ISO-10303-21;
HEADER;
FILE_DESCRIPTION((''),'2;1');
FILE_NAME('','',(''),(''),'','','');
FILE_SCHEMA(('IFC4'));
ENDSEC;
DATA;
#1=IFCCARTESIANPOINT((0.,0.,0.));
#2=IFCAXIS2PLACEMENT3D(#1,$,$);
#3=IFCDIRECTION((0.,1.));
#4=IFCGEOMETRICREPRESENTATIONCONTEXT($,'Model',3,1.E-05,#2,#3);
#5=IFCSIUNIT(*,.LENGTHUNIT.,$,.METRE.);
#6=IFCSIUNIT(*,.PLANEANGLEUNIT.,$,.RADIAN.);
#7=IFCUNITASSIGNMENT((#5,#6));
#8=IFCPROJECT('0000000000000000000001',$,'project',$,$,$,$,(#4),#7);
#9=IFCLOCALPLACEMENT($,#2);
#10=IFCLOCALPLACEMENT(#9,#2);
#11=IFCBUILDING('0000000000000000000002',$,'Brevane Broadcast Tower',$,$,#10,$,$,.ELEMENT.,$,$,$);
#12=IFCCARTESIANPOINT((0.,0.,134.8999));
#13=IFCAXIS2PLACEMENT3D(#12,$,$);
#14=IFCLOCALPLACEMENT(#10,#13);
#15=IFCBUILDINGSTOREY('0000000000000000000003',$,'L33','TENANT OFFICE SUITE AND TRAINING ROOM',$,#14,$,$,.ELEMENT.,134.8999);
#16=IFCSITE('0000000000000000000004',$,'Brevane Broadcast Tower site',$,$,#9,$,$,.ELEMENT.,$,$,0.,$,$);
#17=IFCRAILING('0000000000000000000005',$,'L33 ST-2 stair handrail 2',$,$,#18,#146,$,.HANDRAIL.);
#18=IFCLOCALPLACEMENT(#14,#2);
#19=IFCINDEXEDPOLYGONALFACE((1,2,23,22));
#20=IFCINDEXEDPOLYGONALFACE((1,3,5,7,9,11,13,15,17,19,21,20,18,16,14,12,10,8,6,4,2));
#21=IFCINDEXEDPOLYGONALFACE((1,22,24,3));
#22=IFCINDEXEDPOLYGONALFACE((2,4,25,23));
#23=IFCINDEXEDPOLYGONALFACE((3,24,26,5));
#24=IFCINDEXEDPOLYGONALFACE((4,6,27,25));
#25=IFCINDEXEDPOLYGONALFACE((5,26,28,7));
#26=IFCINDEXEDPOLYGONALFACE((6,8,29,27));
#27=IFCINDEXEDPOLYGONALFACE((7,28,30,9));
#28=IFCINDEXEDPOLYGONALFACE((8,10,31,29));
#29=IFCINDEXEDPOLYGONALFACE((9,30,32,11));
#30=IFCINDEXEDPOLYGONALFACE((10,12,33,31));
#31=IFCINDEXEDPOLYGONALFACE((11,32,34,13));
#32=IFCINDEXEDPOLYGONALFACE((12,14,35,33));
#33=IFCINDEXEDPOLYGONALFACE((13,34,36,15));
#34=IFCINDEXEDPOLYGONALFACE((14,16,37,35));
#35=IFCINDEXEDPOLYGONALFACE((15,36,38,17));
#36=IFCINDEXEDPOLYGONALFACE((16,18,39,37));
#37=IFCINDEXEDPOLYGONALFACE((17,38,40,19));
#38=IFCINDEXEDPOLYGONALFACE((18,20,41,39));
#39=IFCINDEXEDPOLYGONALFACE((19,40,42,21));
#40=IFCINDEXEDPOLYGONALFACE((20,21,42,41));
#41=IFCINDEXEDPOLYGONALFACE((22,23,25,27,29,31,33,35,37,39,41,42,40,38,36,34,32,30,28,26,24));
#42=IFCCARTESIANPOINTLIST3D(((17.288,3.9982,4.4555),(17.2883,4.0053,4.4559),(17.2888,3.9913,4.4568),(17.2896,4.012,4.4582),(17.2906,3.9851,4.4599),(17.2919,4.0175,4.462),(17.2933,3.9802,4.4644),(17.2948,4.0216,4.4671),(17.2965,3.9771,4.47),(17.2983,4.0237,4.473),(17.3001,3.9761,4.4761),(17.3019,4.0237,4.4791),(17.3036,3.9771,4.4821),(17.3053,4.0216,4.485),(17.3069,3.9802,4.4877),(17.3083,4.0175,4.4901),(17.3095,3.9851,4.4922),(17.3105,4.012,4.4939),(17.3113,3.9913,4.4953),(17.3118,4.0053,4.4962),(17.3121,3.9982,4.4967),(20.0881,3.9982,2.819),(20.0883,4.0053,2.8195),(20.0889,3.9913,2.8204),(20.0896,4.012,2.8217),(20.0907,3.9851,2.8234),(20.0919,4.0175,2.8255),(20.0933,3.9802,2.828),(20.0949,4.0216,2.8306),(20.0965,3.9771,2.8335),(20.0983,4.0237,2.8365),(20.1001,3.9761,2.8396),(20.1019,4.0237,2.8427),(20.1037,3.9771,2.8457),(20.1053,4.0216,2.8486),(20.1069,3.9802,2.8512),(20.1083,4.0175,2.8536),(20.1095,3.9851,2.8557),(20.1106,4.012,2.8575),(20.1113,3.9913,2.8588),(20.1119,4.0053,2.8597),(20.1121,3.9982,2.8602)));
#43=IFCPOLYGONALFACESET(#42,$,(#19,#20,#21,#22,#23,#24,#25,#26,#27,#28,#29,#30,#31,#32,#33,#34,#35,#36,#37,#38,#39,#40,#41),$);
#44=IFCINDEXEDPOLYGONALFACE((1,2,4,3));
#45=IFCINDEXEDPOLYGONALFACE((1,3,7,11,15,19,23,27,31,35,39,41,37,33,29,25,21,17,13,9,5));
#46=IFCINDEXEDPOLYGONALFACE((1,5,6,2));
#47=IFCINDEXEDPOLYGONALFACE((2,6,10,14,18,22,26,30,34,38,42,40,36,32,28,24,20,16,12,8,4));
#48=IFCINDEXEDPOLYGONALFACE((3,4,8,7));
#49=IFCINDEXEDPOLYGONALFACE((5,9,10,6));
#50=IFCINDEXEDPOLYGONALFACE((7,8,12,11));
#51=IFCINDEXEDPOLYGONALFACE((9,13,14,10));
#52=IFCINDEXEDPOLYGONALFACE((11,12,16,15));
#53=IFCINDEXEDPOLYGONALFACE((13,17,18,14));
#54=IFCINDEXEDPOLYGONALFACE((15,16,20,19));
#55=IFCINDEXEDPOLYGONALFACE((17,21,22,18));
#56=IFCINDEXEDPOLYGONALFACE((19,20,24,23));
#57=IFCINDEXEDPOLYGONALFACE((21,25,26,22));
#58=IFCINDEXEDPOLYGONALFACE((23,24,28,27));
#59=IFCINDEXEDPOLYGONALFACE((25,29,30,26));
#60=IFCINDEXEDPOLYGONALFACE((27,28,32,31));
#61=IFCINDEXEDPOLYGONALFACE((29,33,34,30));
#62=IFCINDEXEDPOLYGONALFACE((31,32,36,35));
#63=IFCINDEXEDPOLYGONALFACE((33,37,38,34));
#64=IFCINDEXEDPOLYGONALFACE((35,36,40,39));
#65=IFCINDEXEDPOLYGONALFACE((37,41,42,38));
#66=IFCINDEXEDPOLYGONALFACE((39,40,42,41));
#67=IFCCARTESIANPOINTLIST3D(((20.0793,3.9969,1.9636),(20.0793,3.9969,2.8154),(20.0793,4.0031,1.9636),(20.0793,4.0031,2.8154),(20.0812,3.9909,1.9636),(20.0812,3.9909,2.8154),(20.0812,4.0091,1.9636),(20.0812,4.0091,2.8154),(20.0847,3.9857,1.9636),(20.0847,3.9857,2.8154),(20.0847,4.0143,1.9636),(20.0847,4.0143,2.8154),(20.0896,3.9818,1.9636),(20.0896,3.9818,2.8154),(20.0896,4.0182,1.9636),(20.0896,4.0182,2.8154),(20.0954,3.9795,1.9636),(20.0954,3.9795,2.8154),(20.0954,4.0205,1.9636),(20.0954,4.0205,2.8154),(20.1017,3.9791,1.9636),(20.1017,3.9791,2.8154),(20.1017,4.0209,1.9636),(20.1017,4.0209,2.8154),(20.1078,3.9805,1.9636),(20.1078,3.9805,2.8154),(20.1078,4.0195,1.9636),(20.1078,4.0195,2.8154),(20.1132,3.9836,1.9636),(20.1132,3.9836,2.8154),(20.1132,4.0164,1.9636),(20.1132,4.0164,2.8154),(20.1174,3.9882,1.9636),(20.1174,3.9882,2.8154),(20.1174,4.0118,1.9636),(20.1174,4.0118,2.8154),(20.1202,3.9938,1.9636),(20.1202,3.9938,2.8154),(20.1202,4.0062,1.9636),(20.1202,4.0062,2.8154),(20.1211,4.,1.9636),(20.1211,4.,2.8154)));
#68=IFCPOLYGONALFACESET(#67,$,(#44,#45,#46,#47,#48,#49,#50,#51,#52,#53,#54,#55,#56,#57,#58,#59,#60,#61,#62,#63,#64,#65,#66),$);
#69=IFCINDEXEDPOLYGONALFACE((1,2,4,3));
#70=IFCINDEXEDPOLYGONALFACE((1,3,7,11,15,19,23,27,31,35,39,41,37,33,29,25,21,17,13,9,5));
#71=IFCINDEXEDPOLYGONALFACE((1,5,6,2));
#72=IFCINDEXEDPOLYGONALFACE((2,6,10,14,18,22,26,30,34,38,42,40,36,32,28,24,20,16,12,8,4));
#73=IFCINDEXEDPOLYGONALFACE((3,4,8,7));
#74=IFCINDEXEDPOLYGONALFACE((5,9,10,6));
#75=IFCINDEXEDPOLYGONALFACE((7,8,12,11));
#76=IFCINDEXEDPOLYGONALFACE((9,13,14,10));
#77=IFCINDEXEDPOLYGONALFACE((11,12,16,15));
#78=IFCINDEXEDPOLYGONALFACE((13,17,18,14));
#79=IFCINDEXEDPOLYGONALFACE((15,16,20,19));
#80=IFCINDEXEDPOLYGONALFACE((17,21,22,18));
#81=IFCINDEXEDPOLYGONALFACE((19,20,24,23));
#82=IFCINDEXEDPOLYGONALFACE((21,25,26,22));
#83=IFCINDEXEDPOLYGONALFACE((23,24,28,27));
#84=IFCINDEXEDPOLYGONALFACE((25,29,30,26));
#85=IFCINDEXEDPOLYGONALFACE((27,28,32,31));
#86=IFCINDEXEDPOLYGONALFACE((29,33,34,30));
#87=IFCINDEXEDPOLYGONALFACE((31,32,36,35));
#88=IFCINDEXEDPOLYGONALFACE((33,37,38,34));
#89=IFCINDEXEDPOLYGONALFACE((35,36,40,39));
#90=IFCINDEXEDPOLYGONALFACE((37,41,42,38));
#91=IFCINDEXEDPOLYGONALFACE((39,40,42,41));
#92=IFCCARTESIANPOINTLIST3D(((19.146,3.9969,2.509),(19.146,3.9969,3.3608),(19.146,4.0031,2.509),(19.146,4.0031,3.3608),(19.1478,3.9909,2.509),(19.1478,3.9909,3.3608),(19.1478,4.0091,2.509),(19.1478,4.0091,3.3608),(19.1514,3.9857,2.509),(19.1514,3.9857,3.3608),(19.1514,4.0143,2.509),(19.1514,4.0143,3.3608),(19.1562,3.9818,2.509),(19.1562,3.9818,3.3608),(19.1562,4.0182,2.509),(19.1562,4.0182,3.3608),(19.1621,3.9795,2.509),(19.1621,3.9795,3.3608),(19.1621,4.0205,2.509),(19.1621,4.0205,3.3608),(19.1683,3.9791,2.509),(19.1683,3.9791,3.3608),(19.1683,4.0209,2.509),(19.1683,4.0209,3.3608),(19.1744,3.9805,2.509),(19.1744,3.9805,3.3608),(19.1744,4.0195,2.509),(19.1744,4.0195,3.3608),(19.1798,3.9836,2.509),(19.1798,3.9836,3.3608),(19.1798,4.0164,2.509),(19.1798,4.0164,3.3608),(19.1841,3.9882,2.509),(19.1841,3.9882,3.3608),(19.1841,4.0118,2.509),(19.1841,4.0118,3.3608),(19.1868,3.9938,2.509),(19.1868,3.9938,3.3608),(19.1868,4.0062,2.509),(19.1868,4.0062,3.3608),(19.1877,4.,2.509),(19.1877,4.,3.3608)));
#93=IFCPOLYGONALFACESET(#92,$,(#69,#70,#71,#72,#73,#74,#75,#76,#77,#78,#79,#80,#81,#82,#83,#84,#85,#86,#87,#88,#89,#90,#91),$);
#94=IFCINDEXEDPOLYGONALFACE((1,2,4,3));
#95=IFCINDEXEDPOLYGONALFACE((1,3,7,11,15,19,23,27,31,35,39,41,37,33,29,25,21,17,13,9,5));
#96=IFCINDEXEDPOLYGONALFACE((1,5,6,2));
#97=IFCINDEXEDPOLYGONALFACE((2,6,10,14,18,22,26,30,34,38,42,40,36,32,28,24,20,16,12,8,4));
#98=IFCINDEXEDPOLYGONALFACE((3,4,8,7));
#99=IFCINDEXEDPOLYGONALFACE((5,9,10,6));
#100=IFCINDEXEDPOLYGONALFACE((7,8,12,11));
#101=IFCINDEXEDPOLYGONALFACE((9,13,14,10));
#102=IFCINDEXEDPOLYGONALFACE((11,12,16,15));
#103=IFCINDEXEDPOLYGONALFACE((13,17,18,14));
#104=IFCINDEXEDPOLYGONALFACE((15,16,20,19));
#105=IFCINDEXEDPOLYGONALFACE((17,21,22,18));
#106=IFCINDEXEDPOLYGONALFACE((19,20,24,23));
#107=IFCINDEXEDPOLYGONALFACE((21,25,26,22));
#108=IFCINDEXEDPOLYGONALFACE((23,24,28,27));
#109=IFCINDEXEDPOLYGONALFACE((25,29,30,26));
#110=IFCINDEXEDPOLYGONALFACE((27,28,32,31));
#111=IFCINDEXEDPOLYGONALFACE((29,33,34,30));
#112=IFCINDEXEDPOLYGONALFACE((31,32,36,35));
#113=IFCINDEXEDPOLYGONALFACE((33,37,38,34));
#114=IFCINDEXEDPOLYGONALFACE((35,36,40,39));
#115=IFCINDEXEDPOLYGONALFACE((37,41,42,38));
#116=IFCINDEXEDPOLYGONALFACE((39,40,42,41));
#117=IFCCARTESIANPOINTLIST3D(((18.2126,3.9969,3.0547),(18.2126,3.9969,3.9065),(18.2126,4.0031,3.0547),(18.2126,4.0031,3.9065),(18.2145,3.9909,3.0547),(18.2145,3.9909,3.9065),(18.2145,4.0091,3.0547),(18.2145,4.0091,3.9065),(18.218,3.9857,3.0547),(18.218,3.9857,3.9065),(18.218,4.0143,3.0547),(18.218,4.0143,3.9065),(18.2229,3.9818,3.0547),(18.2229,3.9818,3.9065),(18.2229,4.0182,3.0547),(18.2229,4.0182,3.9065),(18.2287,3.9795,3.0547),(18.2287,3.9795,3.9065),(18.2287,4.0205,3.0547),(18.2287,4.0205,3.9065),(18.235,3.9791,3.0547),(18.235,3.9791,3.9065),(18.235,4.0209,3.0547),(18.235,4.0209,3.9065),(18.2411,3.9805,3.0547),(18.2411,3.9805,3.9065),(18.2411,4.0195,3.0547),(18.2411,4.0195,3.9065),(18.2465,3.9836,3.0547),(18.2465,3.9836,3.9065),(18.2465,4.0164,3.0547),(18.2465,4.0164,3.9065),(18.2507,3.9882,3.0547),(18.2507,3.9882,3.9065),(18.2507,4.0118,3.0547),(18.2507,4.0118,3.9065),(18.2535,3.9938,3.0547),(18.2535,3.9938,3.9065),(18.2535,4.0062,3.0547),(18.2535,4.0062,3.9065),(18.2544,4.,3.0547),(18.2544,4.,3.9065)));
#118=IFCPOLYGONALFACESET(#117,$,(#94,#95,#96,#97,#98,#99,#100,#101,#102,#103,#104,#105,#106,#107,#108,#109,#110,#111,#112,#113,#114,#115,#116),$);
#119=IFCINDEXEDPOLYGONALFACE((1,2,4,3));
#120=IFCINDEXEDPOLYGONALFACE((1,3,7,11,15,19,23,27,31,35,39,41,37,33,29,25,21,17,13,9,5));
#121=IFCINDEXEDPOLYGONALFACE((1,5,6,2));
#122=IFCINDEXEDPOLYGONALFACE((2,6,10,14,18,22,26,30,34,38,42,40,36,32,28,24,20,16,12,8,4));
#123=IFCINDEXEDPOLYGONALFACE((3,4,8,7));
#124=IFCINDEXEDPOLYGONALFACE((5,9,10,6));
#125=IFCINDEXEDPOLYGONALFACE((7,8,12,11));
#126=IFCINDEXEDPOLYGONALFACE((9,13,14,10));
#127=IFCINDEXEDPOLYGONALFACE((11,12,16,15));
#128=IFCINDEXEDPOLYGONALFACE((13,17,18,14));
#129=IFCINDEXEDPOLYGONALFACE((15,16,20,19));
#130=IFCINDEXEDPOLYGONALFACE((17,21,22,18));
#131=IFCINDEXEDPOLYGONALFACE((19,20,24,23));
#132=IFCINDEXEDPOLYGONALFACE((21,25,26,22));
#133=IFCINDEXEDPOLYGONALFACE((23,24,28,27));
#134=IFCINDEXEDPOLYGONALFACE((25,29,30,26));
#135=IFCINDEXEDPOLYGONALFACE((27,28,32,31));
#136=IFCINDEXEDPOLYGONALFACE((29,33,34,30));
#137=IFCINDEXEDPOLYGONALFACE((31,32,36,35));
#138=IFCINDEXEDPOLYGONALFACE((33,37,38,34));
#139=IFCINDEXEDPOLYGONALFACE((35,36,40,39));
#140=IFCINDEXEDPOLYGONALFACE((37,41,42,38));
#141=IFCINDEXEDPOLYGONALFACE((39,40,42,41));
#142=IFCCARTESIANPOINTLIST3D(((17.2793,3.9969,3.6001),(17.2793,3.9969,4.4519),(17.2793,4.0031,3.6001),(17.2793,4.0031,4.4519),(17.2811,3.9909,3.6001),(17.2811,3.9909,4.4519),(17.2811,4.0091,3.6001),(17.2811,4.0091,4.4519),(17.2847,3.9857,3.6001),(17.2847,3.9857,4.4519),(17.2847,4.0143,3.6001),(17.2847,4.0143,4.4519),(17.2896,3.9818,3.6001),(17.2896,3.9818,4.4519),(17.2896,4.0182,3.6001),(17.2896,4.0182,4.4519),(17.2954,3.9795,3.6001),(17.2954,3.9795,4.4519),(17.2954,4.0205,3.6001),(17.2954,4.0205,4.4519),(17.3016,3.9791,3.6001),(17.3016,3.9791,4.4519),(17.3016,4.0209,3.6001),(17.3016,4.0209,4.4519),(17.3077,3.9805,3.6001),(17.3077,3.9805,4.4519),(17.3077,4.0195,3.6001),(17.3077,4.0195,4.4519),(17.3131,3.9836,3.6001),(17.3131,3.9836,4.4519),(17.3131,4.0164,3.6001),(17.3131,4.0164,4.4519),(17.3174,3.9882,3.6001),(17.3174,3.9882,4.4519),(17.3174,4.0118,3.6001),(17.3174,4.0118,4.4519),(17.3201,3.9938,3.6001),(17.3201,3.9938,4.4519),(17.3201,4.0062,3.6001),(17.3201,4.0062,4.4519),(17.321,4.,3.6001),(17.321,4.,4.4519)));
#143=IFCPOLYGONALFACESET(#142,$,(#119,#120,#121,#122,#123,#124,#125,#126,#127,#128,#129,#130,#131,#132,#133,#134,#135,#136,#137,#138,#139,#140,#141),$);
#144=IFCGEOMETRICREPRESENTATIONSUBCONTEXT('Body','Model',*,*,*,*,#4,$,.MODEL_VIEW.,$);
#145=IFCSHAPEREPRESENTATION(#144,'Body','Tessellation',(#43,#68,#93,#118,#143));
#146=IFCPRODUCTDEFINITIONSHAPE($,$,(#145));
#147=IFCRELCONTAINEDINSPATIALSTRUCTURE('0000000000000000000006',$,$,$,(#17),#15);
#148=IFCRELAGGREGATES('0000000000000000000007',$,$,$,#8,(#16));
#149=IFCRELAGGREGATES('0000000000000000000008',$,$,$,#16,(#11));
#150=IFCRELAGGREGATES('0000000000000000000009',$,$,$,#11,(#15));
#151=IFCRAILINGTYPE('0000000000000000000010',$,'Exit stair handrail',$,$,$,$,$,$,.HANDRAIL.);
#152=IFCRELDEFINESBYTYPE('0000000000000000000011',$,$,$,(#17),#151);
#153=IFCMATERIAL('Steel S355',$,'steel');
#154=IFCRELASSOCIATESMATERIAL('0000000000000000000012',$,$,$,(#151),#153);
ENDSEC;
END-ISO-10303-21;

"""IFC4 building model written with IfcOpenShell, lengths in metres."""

from ifc_helpers import new_model, si_unit, direction, frame, origin, origin_2d, place, context, subcontext, project, spatial, circle, extrude, material, type_object, element, save


model = new_model("IFC4")

# Units and contexts
model_context = context("Model", 3, precision=1e-05, world=origin(), true_north=direction((0.0, 1.0)))
body_context = subcontext(model_context, "Body", "Model", "MODEL_VIEW")
ifc_project = project(units=[si_unit("LENGTHUNIT", "METRE"), si_unit("PLANEANGLEUNIT", "RADIAN")], contexts=[model_context])

# Site, building, storey
site_placement = place(None, origin())
site = spatial("IfcSite", under=ifc_project, at=site_placement, Name="Brevane Broadcast Tower site", CompositionType="ELEMENT", RefElevation=0.0)
building_placement = place(site_placement, origin())
building = spatial("IfcBuilding", under=site, at=building_placement, Name="Brevane Broadcast Tower", CompositionType="ELEMENT")
storey_placement = place(building_placement, frame((0.0, 0.0, 134.8999)))
storey = spatial("IfcBuildingStorey", under=building, at=storey_placement, Name="L33", Description="TENANT OFFICE SUITE AND TRAINING ROOM", CompositionType="ELEMENT", Elevation=134.8999)

# Railing
ifc_material_1 = material(Name="Steel S355", Category="steel")
railing_type_1 = type_object("IfcRailingType", Name="Exit stair handrail", PredefinedType="HANDRAIL", material=ifc_material_1)
railing_1_placement = place(storey_placement, frame((20.1001, 4.0, 1.9636)))
element("IfcRailing", 1, at=railing_1_placement, inside=storey, type_object=railing_type_1, Name="L33 ST-2 stair handrail 2", PredefinedType="HANDRAIL", context=body_context, shape_type="SweptSolid", body=[
    extrude(circle(Radius=0.0239, at=origin_2d()), frame((0.0, 0.0, 0.876), z_axis=(-0.863361, 0.0, 0.504587), x_axis=(0.0, -1.0, 0.0)), (0.0, 0.0, 1.0), 3.2432),
    extrude(circle(Radius=0.021, at=origin_2d()), origin(), (0.0, 0.0, 1.0), 0.8518),
    extrude(circle(Radius=0.021, at=origin_2d()), frame((-0.9333, 0.0, 0.5454)), (0.0, 0.0, 1.0), 0.8518),
    extrude(circle(Radius=0.021, at=origin_2d()), frame((-1.8667, 0.0, 1.0911)), (0.0, 0.0, 1.0), 0.8518),
    extrude(circle(Radius=0.021, at=origin_2d()), frame((-2.8, 0.0, 1.6365)), (0.0, 0.0, 1.0), 0.8518),
])

save(model, "model.ifc")
